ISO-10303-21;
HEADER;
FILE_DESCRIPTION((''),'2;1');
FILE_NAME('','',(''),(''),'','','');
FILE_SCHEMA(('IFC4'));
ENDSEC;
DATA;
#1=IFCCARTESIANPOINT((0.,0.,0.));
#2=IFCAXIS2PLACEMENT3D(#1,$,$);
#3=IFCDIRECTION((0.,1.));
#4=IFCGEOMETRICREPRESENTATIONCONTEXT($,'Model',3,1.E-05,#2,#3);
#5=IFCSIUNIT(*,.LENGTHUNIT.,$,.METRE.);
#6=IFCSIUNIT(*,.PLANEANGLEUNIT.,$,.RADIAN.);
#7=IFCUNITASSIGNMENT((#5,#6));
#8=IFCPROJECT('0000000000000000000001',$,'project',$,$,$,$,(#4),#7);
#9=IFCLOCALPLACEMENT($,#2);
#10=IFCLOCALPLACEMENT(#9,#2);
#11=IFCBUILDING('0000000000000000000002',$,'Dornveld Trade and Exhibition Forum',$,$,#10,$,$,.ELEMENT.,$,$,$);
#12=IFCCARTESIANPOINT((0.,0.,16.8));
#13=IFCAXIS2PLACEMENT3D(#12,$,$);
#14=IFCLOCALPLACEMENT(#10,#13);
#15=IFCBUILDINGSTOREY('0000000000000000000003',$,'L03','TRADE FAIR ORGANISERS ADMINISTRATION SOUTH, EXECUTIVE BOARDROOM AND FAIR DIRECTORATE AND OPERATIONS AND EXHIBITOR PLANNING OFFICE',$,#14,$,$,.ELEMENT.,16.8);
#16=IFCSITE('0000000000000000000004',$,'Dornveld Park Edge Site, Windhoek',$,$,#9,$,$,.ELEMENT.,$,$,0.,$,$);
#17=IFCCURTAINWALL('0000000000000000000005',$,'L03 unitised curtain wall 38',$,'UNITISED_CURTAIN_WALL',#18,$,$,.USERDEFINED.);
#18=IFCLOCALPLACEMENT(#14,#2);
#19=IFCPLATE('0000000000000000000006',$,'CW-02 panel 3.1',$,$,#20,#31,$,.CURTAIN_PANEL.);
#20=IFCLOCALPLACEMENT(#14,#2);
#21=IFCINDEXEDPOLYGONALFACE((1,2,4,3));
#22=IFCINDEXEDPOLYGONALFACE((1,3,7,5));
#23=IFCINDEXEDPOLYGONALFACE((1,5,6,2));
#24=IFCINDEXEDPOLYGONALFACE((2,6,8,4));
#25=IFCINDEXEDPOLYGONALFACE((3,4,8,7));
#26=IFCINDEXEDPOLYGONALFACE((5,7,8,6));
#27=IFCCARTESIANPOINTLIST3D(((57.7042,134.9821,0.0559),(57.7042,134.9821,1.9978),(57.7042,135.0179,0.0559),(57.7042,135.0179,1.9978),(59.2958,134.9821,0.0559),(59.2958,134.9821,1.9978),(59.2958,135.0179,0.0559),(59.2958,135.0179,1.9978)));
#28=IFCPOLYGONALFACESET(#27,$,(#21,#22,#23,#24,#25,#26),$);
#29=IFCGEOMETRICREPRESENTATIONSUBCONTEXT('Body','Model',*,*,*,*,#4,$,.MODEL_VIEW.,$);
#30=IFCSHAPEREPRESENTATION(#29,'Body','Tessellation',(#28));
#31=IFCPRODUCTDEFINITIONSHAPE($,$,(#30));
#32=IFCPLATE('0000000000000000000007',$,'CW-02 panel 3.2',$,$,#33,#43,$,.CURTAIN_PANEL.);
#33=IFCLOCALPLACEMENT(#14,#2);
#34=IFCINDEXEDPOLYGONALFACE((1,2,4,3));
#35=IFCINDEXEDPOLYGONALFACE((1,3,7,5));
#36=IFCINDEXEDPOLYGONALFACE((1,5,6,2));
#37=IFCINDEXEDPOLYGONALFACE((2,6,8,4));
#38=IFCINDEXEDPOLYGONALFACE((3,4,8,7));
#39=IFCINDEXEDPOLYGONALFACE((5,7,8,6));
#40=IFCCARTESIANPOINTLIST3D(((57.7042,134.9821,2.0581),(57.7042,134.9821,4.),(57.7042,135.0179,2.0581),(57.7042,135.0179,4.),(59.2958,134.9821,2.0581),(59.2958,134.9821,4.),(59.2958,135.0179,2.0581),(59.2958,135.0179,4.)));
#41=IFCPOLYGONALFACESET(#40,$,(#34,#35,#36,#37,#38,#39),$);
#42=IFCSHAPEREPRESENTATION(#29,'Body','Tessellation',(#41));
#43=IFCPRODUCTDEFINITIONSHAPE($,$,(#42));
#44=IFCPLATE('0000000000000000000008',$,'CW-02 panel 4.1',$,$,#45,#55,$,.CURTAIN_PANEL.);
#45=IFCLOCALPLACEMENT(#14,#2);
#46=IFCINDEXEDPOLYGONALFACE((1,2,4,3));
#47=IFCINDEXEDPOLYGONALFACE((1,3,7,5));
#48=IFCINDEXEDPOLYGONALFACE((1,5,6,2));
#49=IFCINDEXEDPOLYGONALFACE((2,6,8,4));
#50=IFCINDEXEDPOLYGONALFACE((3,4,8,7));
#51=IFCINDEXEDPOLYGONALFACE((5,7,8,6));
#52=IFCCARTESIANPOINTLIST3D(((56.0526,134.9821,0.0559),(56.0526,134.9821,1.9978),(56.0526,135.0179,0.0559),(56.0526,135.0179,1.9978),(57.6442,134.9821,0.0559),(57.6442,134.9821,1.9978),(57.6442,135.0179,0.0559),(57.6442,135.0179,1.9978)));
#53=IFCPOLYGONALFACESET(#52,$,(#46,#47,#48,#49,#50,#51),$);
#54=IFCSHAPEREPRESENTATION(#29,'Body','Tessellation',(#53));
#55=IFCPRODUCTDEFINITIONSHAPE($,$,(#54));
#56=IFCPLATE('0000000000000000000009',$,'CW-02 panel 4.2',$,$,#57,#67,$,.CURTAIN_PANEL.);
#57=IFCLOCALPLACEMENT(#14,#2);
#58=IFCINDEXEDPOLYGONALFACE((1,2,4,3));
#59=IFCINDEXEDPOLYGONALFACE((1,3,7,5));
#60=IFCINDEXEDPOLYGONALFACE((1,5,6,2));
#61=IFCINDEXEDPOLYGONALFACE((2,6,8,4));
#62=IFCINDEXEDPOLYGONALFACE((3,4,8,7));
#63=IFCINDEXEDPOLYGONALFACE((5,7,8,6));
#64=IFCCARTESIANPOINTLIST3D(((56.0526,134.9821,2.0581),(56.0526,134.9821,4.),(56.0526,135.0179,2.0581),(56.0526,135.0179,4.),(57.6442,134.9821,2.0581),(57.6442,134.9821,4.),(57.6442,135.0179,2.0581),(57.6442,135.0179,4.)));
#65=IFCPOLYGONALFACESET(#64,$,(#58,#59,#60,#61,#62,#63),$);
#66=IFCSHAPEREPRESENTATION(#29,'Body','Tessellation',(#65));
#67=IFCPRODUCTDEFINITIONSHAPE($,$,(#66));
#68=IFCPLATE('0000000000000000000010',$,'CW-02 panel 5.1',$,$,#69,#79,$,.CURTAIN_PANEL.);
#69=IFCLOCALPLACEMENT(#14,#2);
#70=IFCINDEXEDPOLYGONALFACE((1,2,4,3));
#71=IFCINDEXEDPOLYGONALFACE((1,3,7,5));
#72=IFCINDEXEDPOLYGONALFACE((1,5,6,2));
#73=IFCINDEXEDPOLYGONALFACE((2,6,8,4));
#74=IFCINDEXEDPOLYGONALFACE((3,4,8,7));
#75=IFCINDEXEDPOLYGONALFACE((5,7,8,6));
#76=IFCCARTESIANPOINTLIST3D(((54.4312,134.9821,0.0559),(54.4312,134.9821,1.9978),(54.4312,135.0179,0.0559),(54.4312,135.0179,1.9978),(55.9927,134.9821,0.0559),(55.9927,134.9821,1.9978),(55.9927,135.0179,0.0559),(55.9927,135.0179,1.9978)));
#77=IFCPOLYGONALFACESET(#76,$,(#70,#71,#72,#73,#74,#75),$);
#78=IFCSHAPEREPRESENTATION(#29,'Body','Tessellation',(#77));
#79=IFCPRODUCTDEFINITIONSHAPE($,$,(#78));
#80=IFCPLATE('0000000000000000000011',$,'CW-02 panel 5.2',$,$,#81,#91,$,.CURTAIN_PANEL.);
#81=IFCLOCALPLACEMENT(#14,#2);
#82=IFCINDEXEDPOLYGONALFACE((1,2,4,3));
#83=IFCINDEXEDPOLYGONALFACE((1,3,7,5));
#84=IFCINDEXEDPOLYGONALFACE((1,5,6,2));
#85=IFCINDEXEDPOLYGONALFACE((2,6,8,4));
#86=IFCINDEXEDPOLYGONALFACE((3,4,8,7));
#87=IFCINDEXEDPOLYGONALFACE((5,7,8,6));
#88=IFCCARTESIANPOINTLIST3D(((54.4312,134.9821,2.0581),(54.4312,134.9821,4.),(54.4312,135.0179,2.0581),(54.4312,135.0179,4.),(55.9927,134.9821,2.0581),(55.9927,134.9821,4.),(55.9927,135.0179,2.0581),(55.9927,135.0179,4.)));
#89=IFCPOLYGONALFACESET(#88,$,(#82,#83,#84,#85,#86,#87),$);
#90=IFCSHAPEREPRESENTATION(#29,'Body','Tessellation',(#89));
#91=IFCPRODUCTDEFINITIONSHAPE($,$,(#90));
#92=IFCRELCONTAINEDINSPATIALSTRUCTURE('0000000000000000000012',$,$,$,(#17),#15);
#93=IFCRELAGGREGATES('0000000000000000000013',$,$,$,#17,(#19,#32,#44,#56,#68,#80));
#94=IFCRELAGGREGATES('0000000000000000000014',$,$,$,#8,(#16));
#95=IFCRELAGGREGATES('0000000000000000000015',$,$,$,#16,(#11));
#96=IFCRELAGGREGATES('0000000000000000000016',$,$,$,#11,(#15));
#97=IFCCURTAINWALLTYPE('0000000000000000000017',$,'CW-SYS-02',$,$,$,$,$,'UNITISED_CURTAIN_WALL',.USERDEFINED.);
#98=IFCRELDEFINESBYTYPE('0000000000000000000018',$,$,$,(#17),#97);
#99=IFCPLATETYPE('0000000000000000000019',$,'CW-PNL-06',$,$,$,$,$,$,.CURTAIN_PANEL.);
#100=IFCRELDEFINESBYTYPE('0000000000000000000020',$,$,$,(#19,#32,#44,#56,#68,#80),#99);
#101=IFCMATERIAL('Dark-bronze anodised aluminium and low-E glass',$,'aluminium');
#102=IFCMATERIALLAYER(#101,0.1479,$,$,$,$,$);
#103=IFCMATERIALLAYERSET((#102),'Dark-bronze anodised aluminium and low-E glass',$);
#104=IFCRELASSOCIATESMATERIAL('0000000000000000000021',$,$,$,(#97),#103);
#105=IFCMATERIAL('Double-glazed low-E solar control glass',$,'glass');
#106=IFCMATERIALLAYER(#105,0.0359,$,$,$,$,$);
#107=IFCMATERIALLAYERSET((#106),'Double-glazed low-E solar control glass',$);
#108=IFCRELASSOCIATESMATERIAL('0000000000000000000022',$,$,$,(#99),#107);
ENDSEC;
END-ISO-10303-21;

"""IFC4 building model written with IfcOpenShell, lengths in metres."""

from ifc_helpers import new_model, si_unit, direction, frame, origin, origin_2d, place, context, subcontext, project, spatial, rectangle, extrude, material, layer, layer_set, type_object, element, aggregate, save


model = new_model("IFC4")

# Units and contexts
model_context = context("Model", 3, precision=1e-05, world=origin(), true_north=direction((0.0, 1.0)))
body_context = subcontext(model_context, "Body", "Model", "MODEL_VIEW")
ifc_project = project(units=[si_unit("LENGTHUNIT", "METRE"), si_unit("PLANEANGLEUNIT", "RADIAN")], contexts=[model_context])

# Site, building, storey
site_placement = place(None, origin())
site = spatial("IfcSite", under=ifc_project, at=site_placement, Name="Dornveld Park Edge Site, Windhoek", CompositionType="ELEMENT", RefElevation=0.0)
building_placement = place(site_placement, origin())
building = spatial("IfcBuilding", under=site, at=building_placement, Name="Dornveld Trade and Exhibition Forum", CompositionType="ELEMENT")
storey_placement = place(building_placement, frame((0.0, 0.0, 16.8)))
storey = spatial("IfcBuildingStorey", under=building, at=storey_placement, Name="L03", Description="TRADE FAIR ORGANISERS ADMINISTRATION SOUTH, EXECUTIVE BOARDROOM AND FAIR DIRECTORATE AND OPERATIONS AND EXHIBITOR PLANNING OFFICE", CompositionType="ELEMENT", Elevation=16.8)

# Curtain wall
ifc_material_1 = material(Name="Dark-bronze anodised aluminium and low-E glass", Category="aluminium")
ifc_layer_1 = layer(ifc_material_1, 0.1479)
ifc_layer_set_1 = layer_set([ifc_layer_1], Name="Dark-bronze anodised aluminium and low-E glass")
curtain_wall_type_1 = type_object("IfcCurtainWallType", Name="CW-SYS-02", ElementType="UNITISED_CURTAIN_WALL", PredefinedType="USERDEFINED", material=ifc_layer_set_1)
curtain_wall_1_placement = place(storey_placement, origin())
curtain_wall_1 = element("IfcCurtainWall", 1, at=curtain_wall_1_placement, inside=storey, type_object=curtain_wall_type_1, Name="L03 unitised curtain wall 38", ObjectType="UNITISED_CURTAIN_WALL", PredefinedType="USERDEFINED")

# Plates
ifc_material_2 = material(Name="Double-glazed low-E solar control glass", Category="glass")
ifc_layer_2 = layer(ifc_material_2, 0.0359)
ifc_layer_set_2 = layer_set([ifc_layer_2], Name="Double-glazed low-E solar control glass")
plate_type = type_object("IfcPlateType", Name="CW-PNL-06", PredefinedType="CURTAIN_PANEL", material=ifc_layer_set_2)
plate_1_placement = place(storey_placement, frame((58.5, 135.0, 0.0559), z_axis=(0.0, 0.0, 1.0), x_axis=(-1.0, 0.0, 0.0)))
plate_1 = element("IfcPlate", 2, at=plate_1_placement, type_object=plate_type, Name="CW-02 panel 3.1", PredefinedType="CURTAIN_PANEL", context=body_context, shape_type="SweptSolid", body=[
    extrude(rectangle(XDim=1.5916, YDim=0.0359, at=origin_2d()), origin(), (0.0, 0.0, 1.0), 1.9419),
])
plate_2_placement = place(storey_placement, frame((58.5, 135.0, 2.0581), z_axis=(0.0, 0.0, 1.0), x_axis=(-1.0, 0.0, 0.0)))
plate_2 = element("IfcPlate", 3, at=plate_2_placement, type_object=plate_type, Name="CW-02 panel 3.2", PredefinedType="CURTAIN_PANEL", context=body_context, shape_type="SweptSolid", body=[
    extrude(rectangle(XDim=1.5916, YDim=0.0359, at=origin_2d()), origin(), (0.0, 0.0, 1.0), 1.9419),
])
plate_3_placement = place(storey_placement, frame((56.8484, 135.0, 0.0559), z_axis=(0.0, 0.0, 1.0), x_axis=(-1.0, 0.0, 0.0)))
plate_3 = element("IfcPlate", 4, at=plate_3_placement, type_object=plate_type, Name="CW-02 panel 4.1", PredefinedType="CURTAIN_PANEL", context=body_context, shape_type="SweptSolid", body=[
    extrude(rectangle(XDim=1.5916, YDim=0.0359, at=origin_2d()), origin(), (0.0, 0.0, 1.0), 1.9419),
])
plate_4_placement = place(storey_placement, frame((56.8484, 135.0, 2.0581), z_axis=(0.0, 0.0, 1.0), x_axis=(-1.0, 0.0, 0.0)))
plate_4 = element("IfcPlate", 5, at=plate_4_placement, type_object=plate_type, Name="CW-02 panel 4.2", PredefinedType="CURTAIN_PANEL", context=body_context, shape_type="SweptSolid", body=[
    extrude(rectangle(XDim=1.5916, YDim=0.0359, at=origin_2d()), origin(), (0.0, 0.0, 1.0), 1.9419),
])
plate_5_placement = place(storey_placement, frame((55.2119, 135.0, 0.0559), z_axis=(0.0, 0.0, 1.0), x_axis=(-1.0, 0.0, 0.0)))
plate_5 = element("IfcPlate", 6, at=plate_5_placement, type_object=plate_type, Name="CW-02 panel 5.1", PredefinedType="CURTAIN_PANEL", context=body_context, shape_type="SweptSolid", body=[
    extrude(rectangle(XDim=1.5615, YDim=0.0359, at=origin_2d()), origin(), (0.0, 0.0, 1.0), 1.9419),
])
plate_6_placement = place(storey_placement, frame((55.2119, 135.0, 2.0581), z_axis=(0.0, 0.0, 1.0), x_axis=(-1.0, 0.0, 0.0)))
plate_6 = element("IfcPlate", 7, at=plate_6_placement, type_object=plate_type, Name="CW-02 panel 5.2", PredefinedType="CURTAIN_PANEL", context=body_context, shape_type="SweptSolid", body=[
    extrude(rectangle(XDim=1.5615, YDim=0.0359, at=origin_2d()), origin(), (0.0, 0.0, 1.0), 1.9419),
])
aggregate(curtain_wall_1, [plate_1, plate_2, plate_3, plate_4, plate_5, plate_6])

save(model, "model.ifc")
